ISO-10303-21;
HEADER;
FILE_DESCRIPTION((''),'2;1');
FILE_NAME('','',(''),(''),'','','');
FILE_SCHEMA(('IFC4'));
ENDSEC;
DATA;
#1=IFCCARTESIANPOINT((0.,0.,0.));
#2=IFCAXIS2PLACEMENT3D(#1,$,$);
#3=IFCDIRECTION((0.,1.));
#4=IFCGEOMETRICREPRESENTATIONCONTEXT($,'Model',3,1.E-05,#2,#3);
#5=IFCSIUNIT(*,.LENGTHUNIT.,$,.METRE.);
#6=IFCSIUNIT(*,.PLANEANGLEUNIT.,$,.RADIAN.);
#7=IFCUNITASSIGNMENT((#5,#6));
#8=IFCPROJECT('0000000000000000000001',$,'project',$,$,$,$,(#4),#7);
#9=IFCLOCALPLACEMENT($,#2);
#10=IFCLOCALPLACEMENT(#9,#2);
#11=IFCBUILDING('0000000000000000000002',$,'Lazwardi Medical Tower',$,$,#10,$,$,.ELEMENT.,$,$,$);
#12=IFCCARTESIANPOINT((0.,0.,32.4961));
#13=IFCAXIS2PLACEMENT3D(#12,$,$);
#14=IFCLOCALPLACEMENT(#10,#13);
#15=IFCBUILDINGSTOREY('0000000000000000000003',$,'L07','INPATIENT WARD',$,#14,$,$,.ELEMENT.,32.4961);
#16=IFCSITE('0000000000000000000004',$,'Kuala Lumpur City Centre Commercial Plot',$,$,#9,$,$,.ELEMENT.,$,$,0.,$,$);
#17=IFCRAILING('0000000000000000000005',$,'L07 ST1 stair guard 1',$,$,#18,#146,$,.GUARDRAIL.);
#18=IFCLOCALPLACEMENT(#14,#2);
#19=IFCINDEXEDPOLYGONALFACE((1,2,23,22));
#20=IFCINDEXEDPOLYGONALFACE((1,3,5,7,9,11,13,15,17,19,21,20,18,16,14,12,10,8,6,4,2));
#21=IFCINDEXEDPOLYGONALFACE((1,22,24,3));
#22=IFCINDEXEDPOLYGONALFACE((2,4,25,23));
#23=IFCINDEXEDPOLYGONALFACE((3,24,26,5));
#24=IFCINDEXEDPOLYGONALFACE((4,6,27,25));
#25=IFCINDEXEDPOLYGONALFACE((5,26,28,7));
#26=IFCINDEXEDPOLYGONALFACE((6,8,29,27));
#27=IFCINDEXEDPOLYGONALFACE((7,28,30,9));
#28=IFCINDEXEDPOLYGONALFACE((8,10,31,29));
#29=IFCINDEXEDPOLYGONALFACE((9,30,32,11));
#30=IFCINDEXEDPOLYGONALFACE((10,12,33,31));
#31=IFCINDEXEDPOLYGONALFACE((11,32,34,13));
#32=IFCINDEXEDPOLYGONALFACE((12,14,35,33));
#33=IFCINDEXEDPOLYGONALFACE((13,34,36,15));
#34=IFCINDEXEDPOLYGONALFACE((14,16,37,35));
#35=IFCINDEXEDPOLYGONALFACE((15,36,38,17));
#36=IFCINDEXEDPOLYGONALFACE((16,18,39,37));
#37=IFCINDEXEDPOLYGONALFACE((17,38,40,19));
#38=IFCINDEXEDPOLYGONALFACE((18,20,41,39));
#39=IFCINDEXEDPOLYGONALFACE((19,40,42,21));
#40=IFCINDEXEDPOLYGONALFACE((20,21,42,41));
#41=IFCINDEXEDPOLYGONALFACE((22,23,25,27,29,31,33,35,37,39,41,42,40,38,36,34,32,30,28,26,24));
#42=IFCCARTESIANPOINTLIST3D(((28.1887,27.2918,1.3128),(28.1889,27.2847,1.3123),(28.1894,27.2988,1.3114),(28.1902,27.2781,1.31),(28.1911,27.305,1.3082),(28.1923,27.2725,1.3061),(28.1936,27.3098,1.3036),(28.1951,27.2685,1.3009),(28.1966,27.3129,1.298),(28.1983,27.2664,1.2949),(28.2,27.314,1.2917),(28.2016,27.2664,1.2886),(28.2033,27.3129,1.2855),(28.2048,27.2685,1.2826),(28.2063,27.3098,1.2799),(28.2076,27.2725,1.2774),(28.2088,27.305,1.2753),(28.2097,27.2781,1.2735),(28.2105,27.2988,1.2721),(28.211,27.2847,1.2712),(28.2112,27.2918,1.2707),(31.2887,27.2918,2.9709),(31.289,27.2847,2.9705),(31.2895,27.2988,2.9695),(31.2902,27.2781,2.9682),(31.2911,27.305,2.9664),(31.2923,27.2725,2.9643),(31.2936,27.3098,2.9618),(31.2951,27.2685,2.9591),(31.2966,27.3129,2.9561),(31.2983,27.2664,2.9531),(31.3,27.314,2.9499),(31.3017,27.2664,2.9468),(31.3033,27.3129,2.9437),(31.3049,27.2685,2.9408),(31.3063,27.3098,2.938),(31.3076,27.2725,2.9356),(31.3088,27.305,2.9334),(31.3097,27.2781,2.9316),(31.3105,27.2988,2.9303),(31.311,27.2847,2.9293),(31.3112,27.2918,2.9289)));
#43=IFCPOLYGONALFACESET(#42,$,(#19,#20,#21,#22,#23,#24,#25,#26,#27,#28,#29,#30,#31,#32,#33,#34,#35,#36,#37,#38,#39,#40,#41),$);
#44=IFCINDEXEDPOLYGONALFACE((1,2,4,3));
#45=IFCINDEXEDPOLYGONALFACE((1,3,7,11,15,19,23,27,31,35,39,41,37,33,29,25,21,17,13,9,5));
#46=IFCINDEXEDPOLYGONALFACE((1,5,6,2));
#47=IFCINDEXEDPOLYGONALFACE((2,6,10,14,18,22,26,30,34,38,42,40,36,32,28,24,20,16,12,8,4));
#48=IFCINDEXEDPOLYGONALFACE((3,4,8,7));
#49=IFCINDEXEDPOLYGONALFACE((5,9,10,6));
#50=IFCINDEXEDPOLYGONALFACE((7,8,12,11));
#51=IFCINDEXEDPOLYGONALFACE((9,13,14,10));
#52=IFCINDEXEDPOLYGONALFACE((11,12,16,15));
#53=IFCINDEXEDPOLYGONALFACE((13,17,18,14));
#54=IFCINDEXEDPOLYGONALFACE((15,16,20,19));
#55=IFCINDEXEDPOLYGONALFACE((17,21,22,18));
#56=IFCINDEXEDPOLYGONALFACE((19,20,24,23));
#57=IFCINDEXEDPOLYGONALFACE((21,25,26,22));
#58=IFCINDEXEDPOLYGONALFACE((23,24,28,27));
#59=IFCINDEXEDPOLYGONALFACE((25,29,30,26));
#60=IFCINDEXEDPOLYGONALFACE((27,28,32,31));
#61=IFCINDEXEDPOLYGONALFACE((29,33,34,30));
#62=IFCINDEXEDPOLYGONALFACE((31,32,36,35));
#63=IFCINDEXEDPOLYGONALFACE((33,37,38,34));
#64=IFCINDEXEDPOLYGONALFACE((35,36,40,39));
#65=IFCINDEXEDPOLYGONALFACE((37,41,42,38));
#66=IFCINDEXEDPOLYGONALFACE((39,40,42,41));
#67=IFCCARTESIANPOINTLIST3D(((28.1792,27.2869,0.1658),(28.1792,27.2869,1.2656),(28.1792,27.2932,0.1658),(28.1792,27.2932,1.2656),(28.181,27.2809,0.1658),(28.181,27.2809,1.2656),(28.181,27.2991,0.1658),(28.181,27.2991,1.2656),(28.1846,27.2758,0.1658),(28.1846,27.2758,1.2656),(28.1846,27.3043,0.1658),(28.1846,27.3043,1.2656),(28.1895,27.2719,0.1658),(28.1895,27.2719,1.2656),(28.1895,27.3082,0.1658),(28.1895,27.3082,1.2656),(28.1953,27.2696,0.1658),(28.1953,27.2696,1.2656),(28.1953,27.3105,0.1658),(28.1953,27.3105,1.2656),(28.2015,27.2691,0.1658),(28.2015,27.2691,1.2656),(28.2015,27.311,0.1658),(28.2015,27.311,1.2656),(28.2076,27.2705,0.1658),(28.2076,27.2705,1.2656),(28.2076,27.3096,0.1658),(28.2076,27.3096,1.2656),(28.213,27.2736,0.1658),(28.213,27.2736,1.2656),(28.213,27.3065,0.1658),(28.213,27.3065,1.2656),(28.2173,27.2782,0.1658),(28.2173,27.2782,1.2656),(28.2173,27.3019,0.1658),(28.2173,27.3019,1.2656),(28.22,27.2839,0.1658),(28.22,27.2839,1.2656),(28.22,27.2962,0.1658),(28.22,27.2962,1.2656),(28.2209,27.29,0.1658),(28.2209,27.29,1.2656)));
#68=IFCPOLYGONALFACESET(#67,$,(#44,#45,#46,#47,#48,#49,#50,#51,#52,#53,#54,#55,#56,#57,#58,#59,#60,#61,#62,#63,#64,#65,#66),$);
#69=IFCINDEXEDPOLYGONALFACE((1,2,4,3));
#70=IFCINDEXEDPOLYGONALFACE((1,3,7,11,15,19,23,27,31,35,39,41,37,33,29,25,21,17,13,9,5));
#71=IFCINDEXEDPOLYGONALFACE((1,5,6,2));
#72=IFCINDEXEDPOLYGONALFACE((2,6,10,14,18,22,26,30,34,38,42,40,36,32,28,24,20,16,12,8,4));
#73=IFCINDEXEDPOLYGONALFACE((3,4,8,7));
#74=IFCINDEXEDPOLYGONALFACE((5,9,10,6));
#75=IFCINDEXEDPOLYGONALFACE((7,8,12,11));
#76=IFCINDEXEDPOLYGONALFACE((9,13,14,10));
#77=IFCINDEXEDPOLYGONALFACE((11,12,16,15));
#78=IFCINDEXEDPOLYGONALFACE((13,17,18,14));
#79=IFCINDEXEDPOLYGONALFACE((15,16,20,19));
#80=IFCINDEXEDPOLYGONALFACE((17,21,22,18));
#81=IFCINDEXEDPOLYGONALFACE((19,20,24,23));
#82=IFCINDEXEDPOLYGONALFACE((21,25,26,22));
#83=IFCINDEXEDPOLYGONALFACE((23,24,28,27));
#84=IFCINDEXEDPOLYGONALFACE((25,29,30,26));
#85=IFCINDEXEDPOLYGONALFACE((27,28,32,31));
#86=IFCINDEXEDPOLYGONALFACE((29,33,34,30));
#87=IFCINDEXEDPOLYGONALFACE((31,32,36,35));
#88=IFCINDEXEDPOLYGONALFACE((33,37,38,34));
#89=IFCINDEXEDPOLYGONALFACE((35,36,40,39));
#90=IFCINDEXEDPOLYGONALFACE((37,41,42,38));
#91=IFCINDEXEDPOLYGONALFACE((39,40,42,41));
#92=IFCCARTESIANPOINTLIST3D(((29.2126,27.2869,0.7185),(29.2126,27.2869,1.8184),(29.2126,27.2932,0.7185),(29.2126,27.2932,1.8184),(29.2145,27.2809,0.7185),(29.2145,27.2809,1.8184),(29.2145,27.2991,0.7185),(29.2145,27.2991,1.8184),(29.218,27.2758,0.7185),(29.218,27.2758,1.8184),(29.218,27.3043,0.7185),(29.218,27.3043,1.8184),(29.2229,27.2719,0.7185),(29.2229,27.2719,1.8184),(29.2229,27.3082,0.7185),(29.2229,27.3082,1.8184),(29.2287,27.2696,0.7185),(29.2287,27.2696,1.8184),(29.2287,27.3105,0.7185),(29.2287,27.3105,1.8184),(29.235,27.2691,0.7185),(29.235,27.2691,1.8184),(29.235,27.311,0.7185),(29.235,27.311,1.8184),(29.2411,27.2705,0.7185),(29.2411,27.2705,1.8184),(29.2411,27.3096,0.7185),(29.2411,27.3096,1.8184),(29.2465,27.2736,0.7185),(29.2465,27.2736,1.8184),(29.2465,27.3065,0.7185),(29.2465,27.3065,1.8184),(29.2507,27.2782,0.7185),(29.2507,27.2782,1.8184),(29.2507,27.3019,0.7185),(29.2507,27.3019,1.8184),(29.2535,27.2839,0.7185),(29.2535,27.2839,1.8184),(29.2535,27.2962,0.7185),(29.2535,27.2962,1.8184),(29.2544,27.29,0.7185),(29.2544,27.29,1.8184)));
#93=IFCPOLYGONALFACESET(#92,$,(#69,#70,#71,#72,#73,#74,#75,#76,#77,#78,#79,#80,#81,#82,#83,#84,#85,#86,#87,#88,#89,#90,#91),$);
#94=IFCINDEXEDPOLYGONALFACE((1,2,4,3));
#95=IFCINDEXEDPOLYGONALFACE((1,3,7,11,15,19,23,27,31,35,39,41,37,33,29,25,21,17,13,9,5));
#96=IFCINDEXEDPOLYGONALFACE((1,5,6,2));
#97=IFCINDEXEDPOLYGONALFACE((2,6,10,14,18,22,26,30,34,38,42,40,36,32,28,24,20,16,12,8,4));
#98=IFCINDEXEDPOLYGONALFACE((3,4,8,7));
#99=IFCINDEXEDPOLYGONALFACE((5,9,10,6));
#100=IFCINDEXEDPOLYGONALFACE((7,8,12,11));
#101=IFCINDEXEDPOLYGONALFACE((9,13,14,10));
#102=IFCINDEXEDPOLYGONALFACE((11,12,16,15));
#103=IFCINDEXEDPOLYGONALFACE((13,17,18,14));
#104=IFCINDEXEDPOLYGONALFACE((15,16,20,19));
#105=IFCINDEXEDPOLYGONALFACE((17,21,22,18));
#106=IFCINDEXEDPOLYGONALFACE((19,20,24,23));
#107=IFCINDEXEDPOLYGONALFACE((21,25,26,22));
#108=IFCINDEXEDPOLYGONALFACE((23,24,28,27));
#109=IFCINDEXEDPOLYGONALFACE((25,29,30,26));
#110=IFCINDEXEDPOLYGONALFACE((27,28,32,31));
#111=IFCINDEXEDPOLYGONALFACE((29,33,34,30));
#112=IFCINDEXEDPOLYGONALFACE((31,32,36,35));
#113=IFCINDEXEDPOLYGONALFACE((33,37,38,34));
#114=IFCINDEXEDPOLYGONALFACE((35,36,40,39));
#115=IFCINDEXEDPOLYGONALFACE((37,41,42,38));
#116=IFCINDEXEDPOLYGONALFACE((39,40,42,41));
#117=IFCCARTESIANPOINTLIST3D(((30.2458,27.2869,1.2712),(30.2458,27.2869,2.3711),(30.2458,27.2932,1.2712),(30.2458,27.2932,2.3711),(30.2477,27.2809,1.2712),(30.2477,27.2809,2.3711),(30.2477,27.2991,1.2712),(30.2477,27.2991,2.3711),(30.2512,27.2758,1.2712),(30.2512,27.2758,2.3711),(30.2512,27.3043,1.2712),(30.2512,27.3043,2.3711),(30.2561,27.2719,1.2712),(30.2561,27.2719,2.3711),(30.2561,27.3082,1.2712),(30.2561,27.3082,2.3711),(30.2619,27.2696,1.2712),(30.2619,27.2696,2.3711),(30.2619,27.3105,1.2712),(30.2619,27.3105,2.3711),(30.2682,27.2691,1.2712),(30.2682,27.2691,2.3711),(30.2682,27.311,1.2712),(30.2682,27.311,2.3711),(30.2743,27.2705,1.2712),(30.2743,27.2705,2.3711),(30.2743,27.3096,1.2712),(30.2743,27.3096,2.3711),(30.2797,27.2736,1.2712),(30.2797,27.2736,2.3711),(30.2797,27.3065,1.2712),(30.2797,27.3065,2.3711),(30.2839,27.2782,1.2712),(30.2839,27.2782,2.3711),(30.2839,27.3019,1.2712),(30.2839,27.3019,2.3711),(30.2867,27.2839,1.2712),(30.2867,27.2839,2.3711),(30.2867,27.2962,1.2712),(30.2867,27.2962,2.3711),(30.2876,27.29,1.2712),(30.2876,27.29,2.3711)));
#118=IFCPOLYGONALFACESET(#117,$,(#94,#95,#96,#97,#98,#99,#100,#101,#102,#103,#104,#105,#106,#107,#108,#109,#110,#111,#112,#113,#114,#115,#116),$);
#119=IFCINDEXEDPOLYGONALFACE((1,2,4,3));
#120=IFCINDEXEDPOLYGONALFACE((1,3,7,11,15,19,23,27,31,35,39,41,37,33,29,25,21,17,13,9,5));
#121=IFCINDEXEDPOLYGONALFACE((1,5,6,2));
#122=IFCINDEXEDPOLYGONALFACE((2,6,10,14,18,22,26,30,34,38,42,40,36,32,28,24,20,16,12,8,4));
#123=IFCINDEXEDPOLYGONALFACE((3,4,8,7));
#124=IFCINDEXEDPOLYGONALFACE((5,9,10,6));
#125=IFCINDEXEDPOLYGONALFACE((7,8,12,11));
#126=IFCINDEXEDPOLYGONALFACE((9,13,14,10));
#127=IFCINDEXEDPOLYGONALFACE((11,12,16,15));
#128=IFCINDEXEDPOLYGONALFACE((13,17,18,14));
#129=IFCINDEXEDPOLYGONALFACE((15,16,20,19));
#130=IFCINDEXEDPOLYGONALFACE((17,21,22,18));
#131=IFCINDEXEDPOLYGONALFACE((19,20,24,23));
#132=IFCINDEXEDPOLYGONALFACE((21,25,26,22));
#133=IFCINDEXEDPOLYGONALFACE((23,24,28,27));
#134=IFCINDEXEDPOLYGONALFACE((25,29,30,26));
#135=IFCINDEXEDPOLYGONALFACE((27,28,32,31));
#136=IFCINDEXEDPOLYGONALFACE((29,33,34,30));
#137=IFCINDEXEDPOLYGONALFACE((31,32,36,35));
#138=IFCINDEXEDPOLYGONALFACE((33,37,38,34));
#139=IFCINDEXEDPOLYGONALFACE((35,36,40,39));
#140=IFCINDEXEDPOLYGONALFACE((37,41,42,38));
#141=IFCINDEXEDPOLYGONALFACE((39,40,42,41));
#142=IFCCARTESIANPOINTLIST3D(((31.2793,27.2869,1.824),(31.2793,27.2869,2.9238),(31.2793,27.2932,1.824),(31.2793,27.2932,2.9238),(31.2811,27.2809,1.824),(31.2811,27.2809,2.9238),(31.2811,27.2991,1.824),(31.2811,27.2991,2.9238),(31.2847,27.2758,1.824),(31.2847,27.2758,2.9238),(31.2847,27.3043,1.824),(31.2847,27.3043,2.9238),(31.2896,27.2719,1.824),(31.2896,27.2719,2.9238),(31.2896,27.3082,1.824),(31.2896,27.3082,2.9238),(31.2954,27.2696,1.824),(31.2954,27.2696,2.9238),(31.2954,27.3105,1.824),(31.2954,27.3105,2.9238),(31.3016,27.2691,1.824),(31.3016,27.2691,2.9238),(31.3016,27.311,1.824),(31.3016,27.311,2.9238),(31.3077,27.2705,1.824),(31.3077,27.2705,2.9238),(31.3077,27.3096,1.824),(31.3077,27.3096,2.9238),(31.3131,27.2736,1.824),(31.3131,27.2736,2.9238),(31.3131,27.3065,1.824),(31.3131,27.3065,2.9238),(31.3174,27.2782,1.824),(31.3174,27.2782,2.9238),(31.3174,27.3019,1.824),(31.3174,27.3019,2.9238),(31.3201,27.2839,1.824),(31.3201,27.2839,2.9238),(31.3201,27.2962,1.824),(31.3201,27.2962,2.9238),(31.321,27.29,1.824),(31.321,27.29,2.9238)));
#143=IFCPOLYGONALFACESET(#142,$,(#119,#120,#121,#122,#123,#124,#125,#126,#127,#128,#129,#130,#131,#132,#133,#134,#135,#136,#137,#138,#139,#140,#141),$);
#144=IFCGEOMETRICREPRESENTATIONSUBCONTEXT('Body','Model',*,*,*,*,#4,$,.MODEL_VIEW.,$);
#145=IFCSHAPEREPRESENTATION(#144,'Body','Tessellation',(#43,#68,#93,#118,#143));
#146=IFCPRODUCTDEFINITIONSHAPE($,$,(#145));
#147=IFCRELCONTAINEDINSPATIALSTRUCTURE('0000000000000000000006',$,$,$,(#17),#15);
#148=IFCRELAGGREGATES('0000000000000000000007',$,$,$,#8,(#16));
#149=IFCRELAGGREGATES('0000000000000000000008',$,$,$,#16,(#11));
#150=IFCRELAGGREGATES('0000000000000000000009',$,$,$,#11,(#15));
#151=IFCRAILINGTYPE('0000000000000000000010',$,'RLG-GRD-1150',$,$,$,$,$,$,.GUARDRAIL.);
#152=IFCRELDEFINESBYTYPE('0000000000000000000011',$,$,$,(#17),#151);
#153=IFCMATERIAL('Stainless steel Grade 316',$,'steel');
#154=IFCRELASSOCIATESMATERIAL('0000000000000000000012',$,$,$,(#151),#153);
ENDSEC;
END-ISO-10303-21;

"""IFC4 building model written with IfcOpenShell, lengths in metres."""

from ifc_helpers import new_model, si_unit, direction, frame, origin, origin_2d, place, context, subcontext, project, spatial, circle, extrude, material, type_object, element, save


model = new_model("IFC4")

# Units and contexts
model_context = context("Model", 3, precision=1e-05, world=origin(), true_north=direction((0.0, 1.0)))
body_context = subcontext(model_context, "Body", "Model", "MODEL_VIEW")
ifc_project = project(units=[si_unit("LENGTHUNIT", "METRE"), si_unit("PLANEANGLEUNIT", "RADIAN")], contexts=[model_context])

# Site, building, storey
site_placement = place(None, origin())
site = spatial("IfcSite", under=ifc_project, at=site_placement, Name="Kuala Lumpur City Centre Commercial Plot", CompositionType="ELEMENT", RefElevation=0.0)
building_placement = place(site_placement, origin())
building = spatial("IfcBuilding", under=site, at=building_placement, Name="Lazwardi Medical Tower", CompositionType="ELEMENT")
storey_placement = place(building_placement, frame((0.0, 0.0, 32.4961)))
storey = spatial("IfcBuildingStorey", under=building, at=storey_placement, Name="L07", Description="INPATIENT WARD", CompositionType="ELEMENT", Elevation=32.4961)

# Railing
ifc_material_1 = material(Name="Stainless steel Grade 316", Category="steel")
railing_type_1 = type_object("IfcRailingType", Name="RLG-GRD-1150", PredefinedType="GUARDRAIL", material=ifc_material_1)
railing_1_placement = place(storey_placement, frame((28.2, 27.29, 0.1658)))
element("IfcRailing", 1, at=railing_1_placement, inside=storey, type_object=railing_type_1, Name="L07 ST1 stair guard 1", PredefinedType="GUARDRAIL", context=body_context, shape_type="SweptSolid", body=[
    extrude(circle(Radius=0.0239, at=origin_2d()), frame((0.0, 0.0, 1.126), z_axis=(0.881783, 0.0, 0.471655), x_axis=(0.0, 1.0, 0.0)), (0.0, 0.0, 1.0), 3.5156),
    extrude(circle(Radius=0.021, at=origin_2d()), origin(), (0.0, 0.0, 1.0), 1.0999),
    extrude(circle(Radius=0.021, at=origin_2d()), frame((1.0334, 0.0, 0.5527)), (0.0, 0.0, 1.0), 1.0999),
    extrude(circle(Radius=0.021, at=origin_2d()), frame((2.0667, 0.0, 1.1055)), (0.0, 0.0, 1.0), 1.0999),
    extrude(circle(Radius=0.021, at=origin_2d()), frame((3.1001, 0.0, 1.6582)), (0.0, 0.0, 1.0), 1.0999),
])

save(model, "model.ifc")
